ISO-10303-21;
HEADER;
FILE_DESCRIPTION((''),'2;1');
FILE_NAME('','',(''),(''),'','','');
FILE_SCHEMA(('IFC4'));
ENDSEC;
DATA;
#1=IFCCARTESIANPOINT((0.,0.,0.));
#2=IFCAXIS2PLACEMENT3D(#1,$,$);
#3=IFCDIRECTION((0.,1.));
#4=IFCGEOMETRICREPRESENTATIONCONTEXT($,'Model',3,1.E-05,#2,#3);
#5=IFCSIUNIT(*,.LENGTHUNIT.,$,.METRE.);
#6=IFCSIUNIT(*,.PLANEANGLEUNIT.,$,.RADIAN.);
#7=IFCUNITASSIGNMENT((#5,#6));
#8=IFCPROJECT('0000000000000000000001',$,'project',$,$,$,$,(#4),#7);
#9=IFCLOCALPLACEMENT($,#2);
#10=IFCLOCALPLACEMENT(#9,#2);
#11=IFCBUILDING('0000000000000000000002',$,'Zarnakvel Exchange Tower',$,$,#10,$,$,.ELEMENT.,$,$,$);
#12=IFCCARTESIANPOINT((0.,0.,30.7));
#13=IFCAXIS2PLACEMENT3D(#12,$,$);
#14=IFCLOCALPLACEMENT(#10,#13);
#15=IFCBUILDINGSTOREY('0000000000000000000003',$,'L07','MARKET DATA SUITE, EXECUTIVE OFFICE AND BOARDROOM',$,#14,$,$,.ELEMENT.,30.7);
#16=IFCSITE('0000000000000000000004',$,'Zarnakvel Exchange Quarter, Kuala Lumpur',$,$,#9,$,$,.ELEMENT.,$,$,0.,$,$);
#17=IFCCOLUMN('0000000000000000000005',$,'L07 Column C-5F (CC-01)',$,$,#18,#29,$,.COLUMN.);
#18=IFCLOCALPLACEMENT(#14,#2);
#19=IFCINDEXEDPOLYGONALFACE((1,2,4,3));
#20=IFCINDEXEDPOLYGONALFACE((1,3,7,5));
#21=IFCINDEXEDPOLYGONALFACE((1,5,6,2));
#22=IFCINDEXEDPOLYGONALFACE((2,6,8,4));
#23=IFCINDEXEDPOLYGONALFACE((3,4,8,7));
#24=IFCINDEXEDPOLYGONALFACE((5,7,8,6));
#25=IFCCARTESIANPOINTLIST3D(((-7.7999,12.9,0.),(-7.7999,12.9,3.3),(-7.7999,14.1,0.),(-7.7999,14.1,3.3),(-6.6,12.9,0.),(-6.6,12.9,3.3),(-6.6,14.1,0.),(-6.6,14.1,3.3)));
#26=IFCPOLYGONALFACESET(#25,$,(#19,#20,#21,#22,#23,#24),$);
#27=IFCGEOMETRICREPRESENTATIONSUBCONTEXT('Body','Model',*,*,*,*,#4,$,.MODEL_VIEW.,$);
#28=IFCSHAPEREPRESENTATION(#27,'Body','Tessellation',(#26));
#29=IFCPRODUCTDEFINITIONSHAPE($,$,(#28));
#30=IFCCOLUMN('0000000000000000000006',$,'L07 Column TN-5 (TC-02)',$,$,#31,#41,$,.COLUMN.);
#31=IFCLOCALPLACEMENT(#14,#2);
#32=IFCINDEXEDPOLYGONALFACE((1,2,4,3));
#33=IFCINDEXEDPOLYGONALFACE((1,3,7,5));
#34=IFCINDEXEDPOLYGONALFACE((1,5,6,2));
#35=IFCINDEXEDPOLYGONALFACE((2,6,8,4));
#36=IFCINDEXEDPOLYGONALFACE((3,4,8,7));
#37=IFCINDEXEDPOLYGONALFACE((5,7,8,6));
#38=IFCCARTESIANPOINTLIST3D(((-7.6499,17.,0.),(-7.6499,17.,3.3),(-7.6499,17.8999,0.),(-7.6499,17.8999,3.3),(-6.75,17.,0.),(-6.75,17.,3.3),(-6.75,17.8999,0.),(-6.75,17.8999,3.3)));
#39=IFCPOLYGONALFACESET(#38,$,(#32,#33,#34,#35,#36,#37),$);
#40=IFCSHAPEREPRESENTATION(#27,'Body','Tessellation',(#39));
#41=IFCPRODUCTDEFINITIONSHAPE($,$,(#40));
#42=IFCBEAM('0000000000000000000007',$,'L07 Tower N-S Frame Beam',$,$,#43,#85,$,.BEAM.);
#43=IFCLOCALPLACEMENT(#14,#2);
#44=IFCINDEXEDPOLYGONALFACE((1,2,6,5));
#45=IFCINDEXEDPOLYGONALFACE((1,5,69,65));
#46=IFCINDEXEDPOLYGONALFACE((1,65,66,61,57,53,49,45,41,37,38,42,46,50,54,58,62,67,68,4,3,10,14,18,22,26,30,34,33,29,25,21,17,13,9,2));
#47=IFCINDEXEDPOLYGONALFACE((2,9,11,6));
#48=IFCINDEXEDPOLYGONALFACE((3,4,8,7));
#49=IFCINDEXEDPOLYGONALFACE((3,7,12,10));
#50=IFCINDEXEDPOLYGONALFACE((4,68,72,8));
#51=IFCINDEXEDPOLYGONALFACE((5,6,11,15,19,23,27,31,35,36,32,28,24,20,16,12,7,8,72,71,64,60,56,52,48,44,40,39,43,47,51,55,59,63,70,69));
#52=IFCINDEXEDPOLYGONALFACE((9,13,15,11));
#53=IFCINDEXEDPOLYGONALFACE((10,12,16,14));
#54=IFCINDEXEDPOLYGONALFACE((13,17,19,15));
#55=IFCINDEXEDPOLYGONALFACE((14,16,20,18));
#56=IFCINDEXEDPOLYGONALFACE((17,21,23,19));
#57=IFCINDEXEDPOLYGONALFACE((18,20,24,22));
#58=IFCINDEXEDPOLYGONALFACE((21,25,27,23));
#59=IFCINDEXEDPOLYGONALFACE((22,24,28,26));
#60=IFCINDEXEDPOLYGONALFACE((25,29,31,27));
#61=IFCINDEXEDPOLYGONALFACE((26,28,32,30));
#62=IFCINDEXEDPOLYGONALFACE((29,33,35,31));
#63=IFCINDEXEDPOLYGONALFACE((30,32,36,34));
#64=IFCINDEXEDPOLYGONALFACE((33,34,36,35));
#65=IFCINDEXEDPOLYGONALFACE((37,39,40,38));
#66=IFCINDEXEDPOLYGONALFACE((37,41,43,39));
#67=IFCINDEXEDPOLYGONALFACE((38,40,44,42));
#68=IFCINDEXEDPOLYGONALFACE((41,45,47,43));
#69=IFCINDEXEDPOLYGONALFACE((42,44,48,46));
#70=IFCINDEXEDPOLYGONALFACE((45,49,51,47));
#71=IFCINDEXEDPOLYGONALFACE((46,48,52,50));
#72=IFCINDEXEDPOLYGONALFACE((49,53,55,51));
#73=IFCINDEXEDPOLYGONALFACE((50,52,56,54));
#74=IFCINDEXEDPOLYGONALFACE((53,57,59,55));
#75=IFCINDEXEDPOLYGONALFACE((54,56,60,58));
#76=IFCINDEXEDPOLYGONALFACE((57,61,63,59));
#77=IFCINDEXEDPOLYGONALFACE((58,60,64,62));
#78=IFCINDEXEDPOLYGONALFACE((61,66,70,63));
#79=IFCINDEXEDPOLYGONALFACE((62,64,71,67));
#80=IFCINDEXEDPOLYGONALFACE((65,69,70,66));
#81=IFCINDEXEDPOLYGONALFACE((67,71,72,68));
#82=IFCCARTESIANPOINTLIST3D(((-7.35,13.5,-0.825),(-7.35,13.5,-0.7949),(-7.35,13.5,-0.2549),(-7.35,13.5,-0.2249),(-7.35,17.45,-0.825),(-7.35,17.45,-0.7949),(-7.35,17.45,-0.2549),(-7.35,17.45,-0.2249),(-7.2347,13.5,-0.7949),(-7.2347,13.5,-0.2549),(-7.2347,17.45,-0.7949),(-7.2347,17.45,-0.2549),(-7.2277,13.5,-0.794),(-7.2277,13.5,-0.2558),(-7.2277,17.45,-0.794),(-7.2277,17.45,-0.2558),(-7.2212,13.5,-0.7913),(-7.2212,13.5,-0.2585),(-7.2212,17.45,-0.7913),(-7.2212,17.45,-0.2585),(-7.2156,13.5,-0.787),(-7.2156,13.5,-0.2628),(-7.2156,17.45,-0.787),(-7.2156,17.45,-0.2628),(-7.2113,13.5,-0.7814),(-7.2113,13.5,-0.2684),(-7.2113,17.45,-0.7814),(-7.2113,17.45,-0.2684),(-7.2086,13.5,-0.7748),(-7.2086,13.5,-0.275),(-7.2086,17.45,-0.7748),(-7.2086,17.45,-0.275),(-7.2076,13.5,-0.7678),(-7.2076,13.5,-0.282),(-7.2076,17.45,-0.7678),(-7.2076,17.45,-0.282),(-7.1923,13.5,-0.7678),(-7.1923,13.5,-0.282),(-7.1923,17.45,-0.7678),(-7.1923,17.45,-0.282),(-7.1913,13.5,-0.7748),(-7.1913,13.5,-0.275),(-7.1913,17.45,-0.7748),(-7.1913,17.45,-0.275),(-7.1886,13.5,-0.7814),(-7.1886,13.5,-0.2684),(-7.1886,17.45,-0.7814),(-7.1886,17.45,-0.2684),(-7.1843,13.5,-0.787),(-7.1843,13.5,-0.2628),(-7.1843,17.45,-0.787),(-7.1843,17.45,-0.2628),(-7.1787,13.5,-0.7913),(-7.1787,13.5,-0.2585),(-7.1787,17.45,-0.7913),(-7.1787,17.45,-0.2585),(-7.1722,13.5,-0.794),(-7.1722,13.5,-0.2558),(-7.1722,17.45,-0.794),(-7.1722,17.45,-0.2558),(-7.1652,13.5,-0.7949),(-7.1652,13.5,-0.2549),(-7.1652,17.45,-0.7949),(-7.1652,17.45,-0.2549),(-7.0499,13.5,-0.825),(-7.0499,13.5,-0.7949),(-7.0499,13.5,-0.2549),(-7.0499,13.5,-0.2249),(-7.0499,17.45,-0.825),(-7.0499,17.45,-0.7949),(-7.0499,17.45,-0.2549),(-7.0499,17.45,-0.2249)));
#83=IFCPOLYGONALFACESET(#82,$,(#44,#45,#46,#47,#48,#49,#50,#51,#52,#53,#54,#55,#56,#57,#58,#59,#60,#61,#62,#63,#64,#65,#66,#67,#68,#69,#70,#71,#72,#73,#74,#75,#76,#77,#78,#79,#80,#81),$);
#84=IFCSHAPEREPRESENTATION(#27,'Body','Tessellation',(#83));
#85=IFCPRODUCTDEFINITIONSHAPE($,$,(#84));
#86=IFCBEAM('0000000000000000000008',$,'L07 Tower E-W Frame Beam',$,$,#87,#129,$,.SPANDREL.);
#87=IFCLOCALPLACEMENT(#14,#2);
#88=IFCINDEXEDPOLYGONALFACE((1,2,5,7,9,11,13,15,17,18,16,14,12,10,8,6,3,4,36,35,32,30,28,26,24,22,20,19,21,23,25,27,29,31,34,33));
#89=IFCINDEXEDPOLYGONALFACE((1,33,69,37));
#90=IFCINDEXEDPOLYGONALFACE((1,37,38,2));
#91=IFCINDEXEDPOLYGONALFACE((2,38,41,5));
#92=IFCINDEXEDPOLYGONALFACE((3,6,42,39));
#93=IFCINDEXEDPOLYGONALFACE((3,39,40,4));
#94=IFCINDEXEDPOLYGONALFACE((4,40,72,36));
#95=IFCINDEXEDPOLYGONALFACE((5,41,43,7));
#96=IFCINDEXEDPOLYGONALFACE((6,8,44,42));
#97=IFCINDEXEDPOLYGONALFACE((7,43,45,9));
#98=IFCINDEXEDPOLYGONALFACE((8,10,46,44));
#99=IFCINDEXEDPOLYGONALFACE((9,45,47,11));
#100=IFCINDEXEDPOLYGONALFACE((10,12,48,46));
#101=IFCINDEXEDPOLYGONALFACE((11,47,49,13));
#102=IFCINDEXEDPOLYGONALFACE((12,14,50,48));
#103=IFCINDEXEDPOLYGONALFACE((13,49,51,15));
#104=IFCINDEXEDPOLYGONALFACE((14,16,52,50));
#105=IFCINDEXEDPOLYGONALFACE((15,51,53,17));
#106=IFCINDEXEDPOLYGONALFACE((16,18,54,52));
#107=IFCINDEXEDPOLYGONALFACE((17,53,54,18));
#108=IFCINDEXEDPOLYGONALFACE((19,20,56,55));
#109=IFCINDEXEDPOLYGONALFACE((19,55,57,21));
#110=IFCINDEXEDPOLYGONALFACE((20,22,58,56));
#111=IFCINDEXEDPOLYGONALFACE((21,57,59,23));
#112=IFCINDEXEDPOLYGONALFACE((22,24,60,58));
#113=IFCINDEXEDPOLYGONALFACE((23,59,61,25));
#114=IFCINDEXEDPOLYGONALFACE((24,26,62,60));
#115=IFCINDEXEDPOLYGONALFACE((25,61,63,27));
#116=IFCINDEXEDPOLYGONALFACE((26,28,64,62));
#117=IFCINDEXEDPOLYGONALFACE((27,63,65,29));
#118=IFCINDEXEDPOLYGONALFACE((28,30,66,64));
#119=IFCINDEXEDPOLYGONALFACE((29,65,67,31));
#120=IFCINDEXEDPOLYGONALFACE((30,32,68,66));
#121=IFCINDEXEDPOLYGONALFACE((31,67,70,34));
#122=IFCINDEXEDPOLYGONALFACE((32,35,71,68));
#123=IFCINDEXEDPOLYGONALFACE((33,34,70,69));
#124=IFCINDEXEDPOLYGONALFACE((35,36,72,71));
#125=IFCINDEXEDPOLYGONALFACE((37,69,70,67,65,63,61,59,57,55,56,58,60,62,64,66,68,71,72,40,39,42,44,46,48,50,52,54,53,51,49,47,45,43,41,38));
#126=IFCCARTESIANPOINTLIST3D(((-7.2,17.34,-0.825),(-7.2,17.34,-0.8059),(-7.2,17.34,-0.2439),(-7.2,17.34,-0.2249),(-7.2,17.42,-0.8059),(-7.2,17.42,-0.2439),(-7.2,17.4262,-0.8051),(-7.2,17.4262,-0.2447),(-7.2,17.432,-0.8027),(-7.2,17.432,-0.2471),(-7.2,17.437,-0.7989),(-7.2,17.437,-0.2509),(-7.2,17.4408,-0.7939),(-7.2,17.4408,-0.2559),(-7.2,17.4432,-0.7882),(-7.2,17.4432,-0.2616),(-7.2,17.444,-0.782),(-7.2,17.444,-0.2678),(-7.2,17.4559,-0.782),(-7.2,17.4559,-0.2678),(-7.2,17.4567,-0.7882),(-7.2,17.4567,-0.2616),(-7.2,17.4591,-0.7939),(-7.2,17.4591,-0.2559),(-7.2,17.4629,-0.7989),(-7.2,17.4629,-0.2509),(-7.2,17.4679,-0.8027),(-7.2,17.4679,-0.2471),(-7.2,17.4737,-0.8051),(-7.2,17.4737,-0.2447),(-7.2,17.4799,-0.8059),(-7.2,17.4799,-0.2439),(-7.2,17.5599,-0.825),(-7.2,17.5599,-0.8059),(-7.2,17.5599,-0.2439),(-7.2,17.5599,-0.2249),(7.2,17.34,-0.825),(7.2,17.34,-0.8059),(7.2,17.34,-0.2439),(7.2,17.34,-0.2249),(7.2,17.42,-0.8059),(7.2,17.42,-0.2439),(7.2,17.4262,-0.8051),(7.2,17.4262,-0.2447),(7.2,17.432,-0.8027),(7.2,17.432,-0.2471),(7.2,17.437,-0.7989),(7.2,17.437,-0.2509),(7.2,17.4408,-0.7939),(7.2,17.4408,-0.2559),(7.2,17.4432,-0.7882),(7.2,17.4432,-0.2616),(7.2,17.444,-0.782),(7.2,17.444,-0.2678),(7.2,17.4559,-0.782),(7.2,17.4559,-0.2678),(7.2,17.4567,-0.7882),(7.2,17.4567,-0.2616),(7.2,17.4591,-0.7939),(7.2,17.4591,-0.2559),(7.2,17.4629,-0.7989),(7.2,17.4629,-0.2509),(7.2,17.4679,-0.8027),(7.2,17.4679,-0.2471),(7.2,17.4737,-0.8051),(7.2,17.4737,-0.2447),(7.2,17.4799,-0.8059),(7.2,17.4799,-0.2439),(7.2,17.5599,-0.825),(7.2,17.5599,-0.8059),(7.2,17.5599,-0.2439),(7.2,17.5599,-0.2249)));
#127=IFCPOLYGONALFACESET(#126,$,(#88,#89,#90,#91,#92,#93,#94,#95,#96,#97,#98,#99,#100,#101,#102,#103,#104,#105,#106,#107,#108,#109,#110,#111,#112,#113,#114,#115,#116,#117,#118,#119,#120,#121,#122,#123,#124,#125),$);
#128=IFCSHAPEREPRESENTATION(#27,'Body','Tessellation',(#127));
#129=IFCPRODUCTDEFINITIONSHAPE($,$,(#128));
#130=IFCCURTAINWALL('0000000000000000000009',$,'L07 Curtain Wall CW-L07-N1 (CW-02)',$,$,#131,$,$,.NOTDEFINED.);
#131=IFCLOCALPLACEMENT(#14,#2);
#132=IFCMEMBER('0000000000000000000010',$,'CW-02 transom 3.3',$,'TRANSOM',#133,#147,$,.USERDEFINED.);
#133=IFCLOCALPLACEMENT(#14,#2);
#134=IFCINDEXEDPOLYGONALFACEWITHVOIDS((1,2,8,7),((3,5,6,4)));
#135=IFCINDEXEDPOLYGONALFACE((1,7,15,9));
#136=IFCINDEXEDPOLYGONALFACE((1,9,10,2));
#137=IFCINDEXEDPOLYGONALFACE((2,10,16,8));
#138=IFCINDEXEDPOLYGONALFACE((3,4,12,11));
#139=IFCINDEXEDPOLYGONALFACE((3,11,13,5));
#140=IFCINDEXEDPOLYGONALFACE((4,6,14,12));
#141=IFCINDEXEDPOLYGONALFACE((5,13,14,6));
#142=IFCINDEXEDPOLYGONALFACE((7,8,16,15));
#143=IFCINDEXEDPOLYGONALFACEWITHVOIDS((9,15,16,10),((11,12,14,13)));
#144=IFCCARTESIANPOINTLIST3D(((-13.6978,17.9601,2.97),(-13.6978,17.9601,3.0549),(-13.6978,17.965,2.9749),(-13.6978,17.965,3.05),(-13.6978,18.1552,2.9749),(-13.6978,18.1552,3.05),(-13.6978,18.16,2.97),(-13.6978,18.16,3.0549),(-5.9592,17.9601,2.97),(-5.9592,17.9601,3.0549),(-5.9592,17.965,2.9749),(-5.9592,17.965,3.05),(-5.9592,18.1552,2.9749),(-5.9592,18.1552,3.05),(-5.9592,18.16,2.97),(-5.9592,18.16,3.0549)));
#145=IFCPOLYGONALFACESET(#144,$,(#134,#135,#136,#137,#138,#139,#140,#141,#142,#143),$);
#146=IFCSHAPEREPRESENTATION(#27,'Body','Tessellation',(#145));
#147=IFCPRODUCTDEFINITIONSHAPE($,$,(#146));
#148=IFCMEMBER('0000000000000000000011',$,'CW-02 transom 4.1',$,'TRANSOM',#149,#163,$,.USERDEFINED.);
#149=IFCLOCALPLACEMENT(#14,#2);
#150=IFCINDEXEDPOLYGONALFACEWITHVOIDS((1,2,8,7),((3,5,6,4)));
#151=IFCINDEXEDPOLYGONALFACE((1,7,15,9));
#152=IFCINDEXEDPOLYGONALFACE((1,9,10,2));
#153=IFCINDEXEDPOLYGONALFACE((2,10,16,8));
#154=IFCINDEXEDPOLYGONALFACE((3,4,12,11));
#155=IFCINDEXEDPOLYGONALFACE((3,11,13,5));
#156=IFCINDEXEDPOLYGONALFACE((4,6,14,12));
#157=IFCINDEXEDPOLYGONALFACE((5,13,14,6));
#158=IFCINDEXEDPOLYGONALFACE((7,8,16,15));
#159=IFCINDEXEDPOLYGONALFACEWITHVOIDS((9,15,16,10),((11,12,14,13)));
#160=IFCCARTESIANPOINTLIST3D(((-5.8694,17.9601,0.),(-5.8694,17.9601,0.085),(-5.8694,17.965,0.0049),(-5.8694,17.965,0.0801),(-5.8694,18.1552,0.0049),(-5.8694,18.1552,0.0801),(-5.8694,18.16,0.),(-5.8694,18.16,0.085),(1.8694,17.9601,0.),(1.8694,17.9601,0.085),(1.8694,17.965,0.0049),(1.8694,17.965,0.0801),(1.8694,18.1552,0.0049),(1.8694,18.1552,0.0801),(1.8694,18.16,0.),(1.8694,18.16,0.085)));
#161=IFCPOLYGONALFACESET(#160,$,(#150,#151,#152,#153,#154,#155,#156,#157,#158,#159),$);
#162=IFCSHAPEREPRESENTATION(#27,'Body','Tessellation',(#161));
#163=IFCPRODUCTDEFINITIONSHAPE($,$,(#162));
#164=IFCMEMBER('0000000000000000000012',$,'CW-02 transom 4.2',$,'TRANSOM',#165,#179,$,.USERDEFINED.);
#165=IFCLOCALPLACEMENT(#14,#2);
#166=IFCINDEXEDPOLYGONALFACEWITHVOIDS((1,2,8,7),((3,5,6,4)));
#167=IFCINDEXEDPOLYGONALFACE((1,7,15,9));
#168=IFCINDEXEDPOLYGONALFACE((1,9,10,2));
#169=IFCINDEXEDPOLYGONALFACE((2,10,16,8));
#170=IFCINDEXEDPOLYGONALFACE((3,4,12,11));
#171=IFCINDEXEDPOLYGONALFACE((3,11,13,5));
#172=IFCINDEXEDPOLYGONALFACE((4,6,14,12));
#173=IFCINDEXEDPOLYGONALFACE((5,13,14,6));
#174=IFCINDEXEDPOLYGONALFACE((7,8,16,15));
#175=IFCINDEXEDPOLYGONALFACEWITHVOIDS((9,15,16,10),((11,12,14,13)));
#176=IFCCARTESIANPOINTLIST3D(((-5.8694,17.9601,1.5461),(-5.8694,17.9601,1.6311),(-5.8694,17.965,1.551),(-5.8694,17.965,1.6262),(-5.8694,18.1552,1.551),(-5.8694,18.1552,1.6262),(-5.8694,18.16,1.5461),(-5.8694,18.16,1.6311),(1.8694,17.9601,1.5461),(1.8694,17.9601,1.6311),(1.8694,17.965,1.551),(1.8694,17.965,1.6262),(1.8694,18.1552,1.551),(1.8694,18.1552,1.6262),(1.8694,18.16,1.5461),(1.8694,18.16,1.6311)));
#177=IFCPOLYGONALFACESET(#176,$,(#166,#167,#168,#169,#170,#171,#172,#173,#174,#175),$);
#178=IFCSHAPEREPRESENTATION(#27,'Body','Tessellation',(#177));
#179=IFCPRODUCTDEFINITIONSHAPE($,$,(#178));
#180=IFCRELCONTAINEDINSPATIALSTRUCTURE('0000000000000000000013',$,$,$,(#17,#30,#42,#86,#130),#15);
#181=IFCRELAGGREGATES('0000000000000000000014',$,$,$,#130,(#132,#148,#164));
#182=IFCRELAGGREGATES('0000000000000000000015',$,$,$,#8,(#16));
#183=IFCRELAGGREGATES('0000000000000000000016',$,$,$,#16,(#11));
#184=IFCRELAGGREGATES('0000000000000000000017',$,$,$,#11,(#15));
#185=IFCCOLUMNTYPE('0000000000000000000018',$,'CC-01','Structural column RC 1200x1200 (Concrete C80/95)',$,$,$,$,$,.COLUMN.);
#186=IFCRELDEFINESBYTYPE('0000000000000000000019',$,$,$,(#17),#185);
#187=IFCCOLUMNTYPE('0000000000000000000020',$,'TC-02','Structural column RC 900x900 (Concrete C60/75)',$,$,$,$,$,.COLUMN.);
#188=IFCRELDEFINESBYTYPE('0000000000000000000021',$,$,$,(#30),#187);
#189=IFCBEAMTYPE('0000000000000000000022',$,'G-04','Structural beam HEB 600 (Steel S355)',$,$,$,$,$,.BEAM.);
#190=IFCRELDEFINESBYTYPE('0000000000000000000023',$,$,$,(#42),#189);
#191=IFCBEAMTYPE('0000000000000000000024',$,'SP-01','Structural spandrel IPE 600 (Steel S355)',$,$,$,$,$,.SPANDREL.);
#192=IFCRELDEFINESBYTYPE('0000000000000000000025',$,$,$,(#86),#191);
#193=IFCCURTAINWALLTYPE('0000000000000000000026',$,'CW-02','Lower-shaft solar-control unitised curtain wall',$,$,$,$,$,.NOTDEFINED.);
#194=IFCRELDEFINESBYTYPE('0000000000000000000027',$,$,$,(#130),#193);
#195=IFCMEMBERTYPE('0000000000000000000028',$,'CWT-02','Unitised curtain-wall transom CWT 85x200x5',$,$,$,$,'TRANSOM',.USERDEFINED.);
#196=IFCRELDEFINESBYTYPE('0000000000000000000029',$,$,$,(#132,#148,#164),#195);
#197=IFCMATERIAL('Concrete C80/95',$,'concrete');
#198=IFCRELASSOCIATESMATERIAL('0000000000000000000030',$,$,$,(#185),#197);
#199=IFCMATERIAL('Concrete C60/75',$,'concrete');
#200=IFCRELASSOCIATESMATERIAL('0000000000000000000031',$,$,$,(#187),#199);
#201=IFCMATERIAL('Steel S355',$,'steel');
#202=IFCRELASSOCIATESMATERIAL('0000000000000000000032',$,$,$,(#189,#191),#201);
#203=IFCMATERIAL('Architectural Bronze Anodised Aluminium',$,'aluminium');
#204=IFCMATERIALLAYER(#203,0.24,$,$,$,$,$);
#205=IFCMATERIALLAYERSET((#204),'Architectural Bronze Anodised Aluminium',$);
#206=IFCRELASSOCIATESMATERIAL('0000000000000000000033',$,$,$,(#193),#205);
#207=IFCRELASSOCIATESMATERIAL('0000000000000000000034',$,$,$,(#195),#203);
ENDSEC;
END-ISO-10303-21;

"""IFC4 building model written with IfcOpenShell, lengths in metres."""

from ifc_helpers import new_model, si_unit, direction, frame, origin, origin_2d, place, context, subcontext, project, spatial, rectangle, hollow_rectangle, i_section, extrude, source, transform, mapped, material, layer, layer_set, material_profile, profile_set, type_object, element, aggregate, save


model = new_model("IFC4")

# Units and contexts
model_context = context("Model", 3, precision=1e-05, world=origin(), true_north=direction((0.0, 1.0)))
body_context = subcontext(model_context, "Body", "Model", "MODEL_VIEW")
ifc_project = project(units=[si_unit("LENGTHUNIT", "METRE"), si_unit("PLANEANGLEUNIT", "RADIAN")], contexts=[model_context])

# Site, building, storey
site_placement = place(None, origin())
site = spatial("IfcSite", under=ifc_project, at=site_placement, Name="Zarnakvel Exchange Quarter, Kuala Lumpur", CompositionType="ELEMENT", RefElevation=0.0)
building_placement = place(site_placement, origin())
building = spatial("IfcBuilding", under=site, at=building_placement, Name="Zarnakvel Exchange Tower", CompositionType="ELEMENT")
storey_placement = place(building_placement, frame((0.0, 0.0, 30.7)))
storey = spatial("IfcBuildingStorey", under=building, at=storey_placement, Name="L07", Description="MARKET DATA SUITE, EXECUTIVE OFFICE AND BOARDROOM", CompositionType="ELEMENT", Elevation=30.7)

# Columns
ifc_material_1 = material(Name="Concrete C80/95", Category="concrete")
ifc_material_profile_1 = material_profile(ifc_material_1, rectangle(XDim=1.2, YDim=1.2, at=origin_2d()))
ifc_profile_set_1 = profile_set([ifc_material_profile_1], Name="Concrete C80/95")
column_type_1 = type_object("IfcColumnType", Name="CC-01", Description="Structural column RC 1200x1200 (Concrete C80/95)", PredefinedType="COLUMN", material=ifc_profile_set_1)
column_1_placement = place(storey_placement, frame((-7.2, 13.5, 0.0), z_axis=(0.0, 0.0, 1.0), x_axis=(1.0, 0.0, 0.0)))
element("IfcColumn", 1, at=column_1_placement, inside=storey, type_object=column_type_1, Name="L07 Column C-5F (CC-01)", PredefinedType="COLUMN", context=body_context, shape_type="SweptSolid", body=[
    extrude(rectangle(XDim=1.2, YDim=1.2, at=origin_2d()), origin(), (0.0, 0.0, 1.0), 3.3),
])
ifc_material_2 = material(Name="Concrete C60/75", Category="concrete")
ifc_material_profile_2 = material_profile(ifc_material_2, rectangle(XDim=0.8999, YDim=0.8999, at=origin_2d()))
ifc_profile_set_2 = profile_set([ifc_material_profile_2], Name="Concrete C60/75")
column_type_2 = type_object("IfcColumnType", Name="TC-02", Description="Structural column RC 900x900 (Concrete C60/75)", PredefinedType="COLUMN", material=ifc_profile_set_2)
column_2_placement = place(storey_placement, frame((-7.2, 17.45, 0.0), z_axis=(0.0, 0.0, 1.0), x_axis=(1.0, 0.0, 0.0)))
element("IfcColumn", 2, at=column_2_placement, inside=storey, type_object=column_type_2, Name="L07 Column TN-5 (TC-02)", PredefinedType="COLUMN", context=body_context, shape_type="SweptSolid", body=[
    extrude(rectangle(XDim=0.8999, YDim=0.8999, at=origin_2d()), origin(), (0.0, 0.0, 1.0), 3.3),
])

# Beams
ifc_material_3 = material(Name="Steel S355", Category="steel")
ifc_material_profile_3 = material_profile(ifc_material_3, i_section(OverallWidth=0.3, OverallDepth=0.6001, WebThickness=0.0154, FlangeThickness=0.03, FilletRadius=0.0271, at=origin_2d()))
ifc_profile_set_3 = profile_set([ifc_material_profile_3], Name="Steel S355")
beam_type_1 = type_object("IfcBeamType", Name="G-04", Description="Structural beam HEB 600 (Steel S355)", PredefinedType="BEAM", material=ifc_profile_set_3)
beam_1_placement = place(storey_placement, frame((-7.2, 13.5, -0.5249), z_axis=(0.0, 1.0, 0.0), x_axis=(-1.0, 0.0, 0.0)))
element("IfcBeam", 3, at=beam_1_placement, inside=storey, type_object=beam_type_1, Name="L07 Tower N-S Frame Beam", PredefinedType="BEAM", context=body_context, shape_type="SweptSolid", body=[
    extrude(i_section(OverallWidth=0.3, OverallDepth=0.6001, WebThickness=0.0154, FlangeThickness=0.03, FilletRadius=0.0271, at=origin_2d()), origin(), (0.0, 0.0, 1.0), 3.95),
])
ifc_material_profile_4 = material_profile(ifc_material_3, i_section(OverallWidth=0.22, OverallDepth=0.6001, WebThickness=0.012, FlangeThickness=0.019, FilletRadius=0.0239, at=origin_2d()))
ifc_profile_set_4 = profile_set([ifc_material_profile_4], Name="Steel S355")
beam_type_2 = type_object("IfcBeamType", Name="SP-01", Description="Structural spandrel IPE 600 (Steel S355)", PredefinedType="SPANDREL", material=ifc_profile_set_4)
beam_2_placement = place(storey_placement, frame((-7.2, 17.45, -0.5249), z_axis=(1.0, 0.0, 0.0), x_axis=(0.0, 1.0, 0.0)))
element("IfcBeam", 4, at=beam_2_placement, inside=storey, type_object=beam_type_2, Name="L07 Tower E-W Frame Beam", PredefinedType="SPANDREL", context=body_context, shape_type="SweptSolid", body=[
    extrude(i_section(OverallWidth=0.22, OverallDepth=0.6001, WebThickness=0.012, FlangeThickness=0.019, FilletRadius=0.0239, at=origin_2d()), origin(), (0.0, 0.0, 1.0), 14.3999),
])

# Curtain wall, members
ifc_material_4 = material(Name="Architectural Bronze Anodised Aluminium", Category="aluminium")
ifc_layer_1 = layer(ifc_material_4, 0.24)
ifc_layer_set_1 = layer_set([ifc_layer_1], Name="Architectural Bronze Anodised Aluminium")
curtain_wall_type = type_object("IfcCurtainWallType", Name="CW-02", Description="Lower-shaft solar-control unitised curtain wall", PredefinedType="NOTDEFINED", material=ifc_layer_set_1)
curtain_wall_placement = place(storey_placement, origin())
curtain_wall = element("IfcCurtainWall", 5, at=curtain_wall_placement, inside=storey, type_object=curtain_wall_type, Name="L07 Curtain Wall CW-L07-N1 (CW-02)", PredefinedType="NOTDEFINED")
ifc_material_profile_5 = material_profile(ifc_material_4, hollow_rectangle(XDim=0.2, YDim=0.085, WallThickness=0.0049, at=origin_2d()))
ifc_profile_set_5 = profile_set([ifc_material_profile_5], Name="Architectural Bronze Anodised Aluminium")
member_type_1 = type_object("IfcMemberType", Name="CWT-02", Description="Unitised curtain-wall transom CWT 85x200x5", ElementType="TRANSOM", PredefinedType="USERDEFINED", material=ifc_profile_set_5)
shared_shape_1 = source(origin(), body_context, "Body", "SweptSolid", [
    extrude(hollow_rectangle(XDim=0.2, YDim=0.085, WallThickness=0.0049, at=origin_2d()), origin(), (0.0, 0.0, 1.0), 7.7385),
])
member_1_placement = place(storey_placement, frame((-13.6978, 18.0601, 3.0125), z_axis=(1.0, 0.0, 0.0), x_axis=(0.0, 1.0, 0.0)))
member_1 = element("IfcMember", 6, at=member_1_placement, type_object=member_type_1, Name="CW-02 transom 3.3", ObjectType="TRANSOM", PredefinedType="USERDEFINED", context=body_context, shape_type="MappedRepresentation", body=[
    mapped(shared_shape_1, transform((0.0, 0.0, 0.0), x_axis=(1.0, 0.0, 0.0), y_axis=(0.0, 1.0, 0.0), z_axis=(0.0, 0.0, 1.0), scale=1.0)),
])
shared_shape_2 = source(origin(), body_context, "Body", "SweptSolid", [
    extrude(hollow_rectangle(XDim=0.2, YDim=0.085, WallThickness=0.0049, at=origin_2d()), origin(), (0.0, 0.0, 1.0), 7.7388),
])
member_2_placement = place(storey_placement, frame((-5.8694, 18.0601, 0.0425), z_axis=(1.0, 0.0, 0.0), x_axis=(0.0, 1.0, 0.0)))
member_2 = element("IfcMember", 7, at=member_2_placement, type_object=member_type_1, Name="CW-02 transom 4.1", ObjectType="TRANSOM", PredefinedType="USERDEFINED", context=body_context, shape_type="MappedRepresentation", body=[
    mapped(shared_shape_2, transform((0.0, 0.0, 0.0), x_axis=(1.0, 0.0, 0.0), y_axis=(0.0, 1.0, 0.0), z_axis=(0.0, 0.0, 1.0), scale=1.0)),
])
member_3_placement = place(storey_placement, frame((-5.8694, 18.0601, 1.5886), z_axis=(1.0, 0.0, 0.0), x_axis=(0.0, 1.0, 0.0)))
member_3 = element("IfcMember", 8, at=member_3_placement, type_object=member_type_1, Name="CW-02 transom 4.2", ObjectType="TRANSOM", PredefinedType="USERDEFINED", context=body_context, shape_type="MappedRepresentation", body=[
    mapped(shared_shape_2, transform((0.0, 0.0, 0.0), x_axis=(1.0, 0.0, 0.0), y_axis=(0.0, 1.0, 0.0), z_axis=(0.0, 0.0, 1.0), scale=1.0)),
])
aggregate(curtain_wall, [member_1, member_2, member_3])

save(model, "model.ifc")
